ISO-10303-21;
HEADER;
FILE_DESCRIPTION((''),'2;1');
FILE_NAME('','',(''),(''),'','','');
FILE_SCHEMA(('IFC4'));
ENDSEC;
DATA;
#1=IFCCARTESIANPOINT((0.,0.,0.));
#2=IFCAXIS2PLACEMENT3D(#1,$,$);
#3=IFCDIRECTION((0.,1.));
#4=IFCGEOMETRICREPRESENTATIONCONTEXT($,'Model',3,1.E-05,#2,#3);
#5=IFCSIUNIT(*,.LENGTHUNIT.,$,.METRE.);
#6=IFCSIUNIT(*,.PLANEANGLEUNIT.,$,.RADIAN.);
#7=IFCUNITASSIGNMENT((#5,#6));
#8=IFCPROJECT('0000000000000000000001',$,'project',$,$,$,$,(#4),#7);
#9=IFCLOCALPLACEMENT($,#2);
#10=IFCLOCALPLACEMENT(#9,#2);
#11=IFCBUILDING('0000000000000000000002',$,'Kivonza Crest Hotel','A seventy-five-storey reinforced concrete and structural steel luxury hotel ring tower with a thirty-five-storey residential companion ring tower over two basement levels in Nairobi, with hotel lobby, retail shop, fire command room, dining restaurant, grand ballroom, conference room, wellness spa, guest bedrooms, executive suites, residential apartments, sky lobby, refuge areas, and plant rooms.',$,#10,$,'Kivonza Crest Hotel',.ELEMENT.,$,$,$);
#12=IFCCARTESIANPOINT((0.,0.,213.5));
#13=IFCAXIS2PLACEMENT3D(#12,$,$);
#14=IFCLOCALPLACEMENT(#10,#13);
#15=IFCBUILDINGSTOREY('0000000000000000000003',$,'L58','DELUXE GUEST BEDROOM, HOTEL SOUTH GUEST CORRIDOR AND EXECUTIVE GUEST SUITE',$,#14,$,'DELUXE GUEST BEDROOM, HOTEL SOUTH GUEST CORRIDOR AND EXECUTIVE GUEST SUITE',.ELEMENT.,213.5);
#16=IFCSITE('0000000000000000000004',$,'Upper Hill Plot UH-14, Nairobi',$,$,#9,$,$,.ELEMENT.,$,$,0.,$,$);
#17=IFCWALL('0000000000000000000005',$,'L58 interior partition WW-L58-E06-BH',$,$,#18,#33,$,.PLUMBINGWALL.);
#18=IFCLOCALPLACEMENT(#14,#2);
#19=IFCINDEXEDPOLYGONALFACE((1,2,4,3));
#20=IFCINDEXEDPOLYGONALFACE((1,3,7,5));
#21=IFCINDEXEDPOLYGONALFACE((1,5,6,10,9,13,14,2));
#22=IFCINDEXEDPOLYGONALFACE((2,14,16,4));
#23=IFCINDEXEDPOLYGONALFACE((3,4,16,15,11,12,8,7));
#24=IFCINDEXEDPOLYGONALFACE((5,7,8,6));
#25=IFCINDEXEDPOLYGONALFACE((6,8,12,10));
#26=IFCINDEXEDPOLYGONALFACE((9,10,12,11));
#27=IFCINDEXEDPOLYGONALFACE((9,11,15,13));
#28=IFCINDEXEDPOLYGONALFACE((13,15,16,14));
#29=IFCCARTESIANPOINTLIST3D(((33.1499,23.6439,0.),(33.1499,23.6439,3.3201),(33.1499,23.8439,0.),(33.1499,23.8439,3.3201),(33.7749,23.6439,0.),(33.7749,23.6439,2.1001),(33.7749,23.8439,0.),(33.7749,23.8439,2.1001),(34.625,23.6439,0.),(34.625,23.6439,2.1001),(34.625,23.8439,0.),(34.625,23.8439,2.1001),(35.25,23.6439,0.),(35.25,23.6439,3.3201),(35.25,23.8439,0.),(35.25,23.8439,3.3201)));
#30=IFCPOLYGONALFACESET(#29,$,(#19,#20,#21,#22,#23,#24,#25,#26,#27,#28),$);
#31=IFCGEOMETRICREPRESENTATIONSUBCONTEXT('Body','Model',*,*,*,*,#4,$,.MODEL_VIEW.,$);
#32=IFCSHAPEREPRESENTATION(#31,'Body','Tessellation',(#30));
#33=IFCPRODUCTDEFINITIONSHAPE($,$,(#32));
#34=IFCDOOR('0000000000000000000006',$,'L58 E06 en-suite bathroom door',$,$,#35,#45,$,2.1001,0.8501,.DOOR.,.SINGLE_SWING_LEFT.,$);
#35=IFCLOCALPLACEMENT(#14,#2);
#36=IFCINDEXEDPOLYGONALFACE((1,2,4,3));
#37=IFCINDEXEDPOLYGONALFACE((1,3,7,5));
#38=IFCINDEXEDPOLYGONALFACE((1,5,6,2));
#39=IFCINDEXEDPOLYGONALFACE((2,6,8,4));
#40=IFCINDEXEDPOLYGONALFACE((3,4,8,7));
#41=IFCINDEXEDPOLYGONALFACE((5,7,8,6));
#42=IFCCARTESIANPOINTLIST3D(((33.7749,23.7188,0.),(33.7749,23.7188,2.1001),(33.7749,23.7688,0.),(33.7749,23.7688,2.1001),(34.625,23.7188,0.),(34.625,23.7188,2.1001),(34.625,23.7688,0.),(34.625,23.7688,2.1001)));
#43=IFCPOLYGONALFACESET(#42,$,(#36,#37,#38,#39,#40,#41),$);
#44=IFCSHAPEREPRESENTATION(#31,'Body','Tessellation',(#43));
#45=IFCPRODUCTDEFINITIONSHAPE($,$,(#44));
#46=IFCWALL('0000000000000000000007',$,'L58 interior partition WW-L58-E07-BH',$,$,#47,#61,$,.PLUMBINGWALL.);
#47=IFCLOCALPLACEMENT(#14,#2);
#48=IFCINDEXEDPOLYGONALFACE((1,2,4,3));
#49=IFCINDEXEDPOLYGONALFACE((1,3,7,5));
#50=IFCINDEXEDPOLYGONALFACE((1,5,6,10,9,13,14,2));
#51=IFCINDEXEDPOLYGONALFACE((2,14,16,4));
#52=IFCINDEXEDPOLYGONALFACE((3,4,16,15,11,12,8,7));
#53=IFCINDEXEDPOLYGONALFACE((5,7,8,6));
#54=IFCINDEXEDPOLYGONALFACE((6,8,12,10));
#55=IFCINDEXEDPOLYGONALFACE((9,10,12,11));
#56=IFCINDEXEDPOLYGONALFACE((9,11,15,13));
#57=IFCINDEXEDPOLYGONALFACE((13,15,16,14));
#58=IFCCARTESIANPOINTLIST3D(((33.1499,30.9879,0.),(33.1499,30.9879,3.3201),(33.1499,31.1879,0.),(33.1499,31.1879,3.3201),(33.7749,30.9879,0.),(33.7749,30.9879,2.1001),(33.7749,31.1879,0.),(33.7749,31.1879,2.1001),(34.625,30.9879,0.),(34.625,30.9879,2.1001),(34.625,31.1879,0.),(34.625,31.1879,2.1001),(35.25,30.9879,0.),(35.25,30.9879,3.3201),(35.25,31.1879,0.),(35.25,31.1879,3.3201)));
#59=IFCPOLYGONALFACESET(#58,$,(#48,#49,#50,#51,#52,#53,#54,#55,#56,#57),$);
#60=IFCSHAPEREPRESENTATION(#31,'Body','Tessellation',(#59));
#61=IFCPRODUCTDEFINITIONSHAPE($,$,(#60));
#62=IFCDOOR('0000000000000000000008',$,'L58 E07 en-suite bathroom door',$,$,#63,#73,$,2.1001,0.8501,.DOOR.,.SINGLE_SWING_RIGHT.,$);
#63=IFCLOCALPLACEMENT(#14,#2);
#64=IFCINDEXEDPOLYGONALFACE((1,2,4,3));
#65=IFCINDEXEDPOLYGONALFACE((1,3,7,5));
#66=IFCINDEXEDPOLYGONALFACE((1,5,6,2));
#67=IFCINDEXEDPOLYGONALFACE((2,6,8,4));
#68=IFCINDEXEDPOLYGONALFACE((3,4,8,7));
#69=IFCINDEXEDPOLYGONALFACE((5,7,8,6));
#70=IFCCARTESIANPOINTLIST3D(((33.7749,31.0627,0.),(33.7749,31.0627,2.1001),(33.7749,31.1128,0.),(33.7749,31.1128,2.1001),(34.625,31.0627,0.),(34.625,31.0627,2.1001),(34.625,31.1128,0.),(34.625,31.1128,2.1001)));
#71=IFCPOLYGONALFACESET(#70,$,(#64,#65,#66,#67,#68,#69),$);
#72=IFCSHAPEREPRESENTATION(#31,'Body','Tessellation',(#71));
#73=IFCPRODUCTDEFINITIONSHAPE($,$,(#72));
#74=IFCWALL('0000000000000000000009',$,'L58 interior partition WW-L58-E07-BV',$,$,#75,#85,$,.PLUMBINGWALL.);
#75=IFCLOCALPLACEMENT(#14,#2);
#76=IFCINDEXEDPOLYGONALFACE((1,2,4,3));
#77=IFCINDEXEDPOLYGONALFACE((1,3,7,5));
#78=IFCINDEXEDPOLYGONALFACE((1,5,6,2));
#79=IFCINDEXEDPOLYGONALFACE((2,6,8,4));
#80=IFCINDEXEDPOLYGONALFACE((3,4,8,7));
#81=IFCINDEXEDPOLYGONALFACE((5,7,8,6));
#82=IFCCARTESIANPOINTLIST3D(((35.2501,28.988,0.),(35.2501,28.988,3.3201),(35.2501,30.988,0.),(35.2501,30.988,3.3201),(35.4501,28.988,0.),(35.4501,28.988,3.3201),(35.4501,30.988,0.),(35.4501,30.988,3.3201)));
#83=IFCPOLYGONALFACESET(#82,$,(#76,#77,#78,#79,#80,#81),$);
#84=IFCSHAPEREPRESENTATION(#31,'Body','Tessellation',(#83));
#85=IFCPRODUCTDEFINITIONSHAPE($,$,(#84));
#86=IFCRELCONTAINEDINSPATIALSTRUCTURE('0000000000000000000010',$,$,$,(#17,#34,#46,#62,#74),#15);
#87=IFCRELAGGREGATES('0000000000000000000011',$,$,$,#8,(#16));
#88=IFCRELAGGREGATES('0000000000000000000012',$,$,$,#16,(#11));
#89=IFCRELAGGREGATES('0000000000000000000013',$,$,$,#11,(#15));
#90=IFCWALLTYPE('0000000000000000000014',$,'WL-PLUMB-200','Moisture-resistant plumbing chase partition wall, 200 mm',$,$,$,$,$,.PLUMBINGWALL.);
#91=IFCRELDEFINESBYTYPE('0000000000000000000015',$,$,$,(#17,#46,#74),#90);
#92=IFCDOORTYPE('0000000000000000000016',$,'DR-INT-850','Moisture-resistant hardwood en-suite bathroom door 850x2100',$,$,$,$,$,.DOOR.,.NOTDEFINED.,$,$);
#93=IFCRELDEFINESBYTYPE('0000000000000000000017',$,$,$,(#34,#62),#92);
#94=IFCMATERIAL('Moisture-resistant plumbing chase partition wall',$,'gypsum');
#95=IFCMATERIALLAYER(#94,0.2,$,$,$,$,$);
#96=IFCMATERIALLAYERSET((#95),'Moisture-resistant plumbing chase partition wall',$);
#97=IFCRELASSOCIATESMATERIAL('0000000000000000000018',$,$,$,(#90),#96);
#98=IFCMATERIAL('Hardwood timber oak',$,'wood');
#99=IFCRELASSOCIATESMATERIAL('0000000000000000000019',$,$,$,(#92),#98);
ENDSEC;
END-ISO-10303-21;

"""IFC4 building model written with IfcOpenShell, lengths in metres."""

from ifc_helpers import new_model, si_unit, direction, frame, frame_2d, origin, place, context, subcontext, project, spatial, rectangle, extrude, material, layer, layer_set, type_object, element, fill, save


model = new_model("IFC4")

# Units and contexts
model_context = context("Model", 3, precision=1e-05, world=origin(), true_north=direction((0.0, 1.0)))
body_context = subcontext(model_context, "Body", "Model", "MODEL_VIEW")
ifc_project = project(units=[si_unit("LENGTHUNIT", "METRE"), si_unit("PLANEANGLEUNIT", "RADIAN")], contexts=[model_context])

# Site, building, storey
site_placement = place(None, origin())
site = spatial("IfcSite", under=ifc_project, at=site_placement, Name="Upper Hill Plot UH-14, Nairobi", CompositionType="ELEMENT", RefElevation=0.0)
building_placement = place(site_placement, origin())
building = spatial("IfcBuilding", under=site, at=building_placement, Name="Kivonza Crest Hotel", Description="A seventy-five-storey reinforced concrete and structural steel luxury hotel ring tower with a thirty-five-storey residential companion ring tower over two basement levels in Nairobi, with hotel lobby, retail shop, fire command room, dining restaurant, grand ballroom, conference room, wellness spa, guest bedrooms, executive suites, residential apartments, sky lobby, refuge areas, and plant rooms.", LongName="Kivonza Crest Hotel", CompositionType="ELEMENT")
storey_placement = place(building_placement, frame((0.0, 0.0, 213.5)))
storey = spatial("IfcBuildingStorey", under=building, at=storey_placement, Name="L58", Description="DELUXE GUEST BEDROOM, HOTEL SOUTH GUEST CORRIDOR AND EXECUTIVE GUEST SUITE", LongName="DELUXE GUEST BEDROOM, HOTEL SOUTH GUEST CORRIDOR AND EXECUTIVE GUEST SUITE", CompositionType="ELEMENT", Elevation=213.5)

# Shared definitions
ifc_material_1 = material(Name="Hardwood timber oak", Category="wood")

# Walls, openings, doors
ifc_material_2 = material(Name="Moisture-resistant plumbing chase partition wall", Category="gypsum")
ifc_layer_1 = layer(ifc_material_2, 0.2)
ifc_layer_set_1 = layer_set([ifc_layer_1], Name="Moisture-resistant plumbing chase partition wall")
wall_type_1 = type_object("IfcWallType", Name="WL-PLUMB-200", Description="Moisture-resistant plumbing chase partition wall, 200 mm", PredefinedType="PLUMBINGWALL", material=ifc_layer_set_1)
wall_1_placement = place(storey_placement, frame((33.1499, 23.7439, 0.0), z_axis=(0.0, 0.0, 1.0), x_axis=(1.0, 0.0, 0.0)))
wall_1 = element("IfcWall", 1, at=wall_1_placement, inside=storey, type_object=wall_type_1, Name="L58 interior partition WW-L58-E06-BH", PredefinedType="PLUMBINGWALL", context=body_context, shape_type="SweptSolid", body=[
    extrude(rectangle(XDim=2.1001, YDim=0.2, at=frame_2d((1.05, 0.0))), origin(), (0.0, 0.0, 1.0), 3.3201),
])
opening_1_placement = place(wall_1_placement, frame((0.625, 0.0, 0.0)))
opening_1 = element("IfcOpeningElement", 2, at=opening_1_placement, cuts=wall_1, PredefinedType="OPENING", context=body_context, shape_type="SweptSolid", body=[
    extrude(rectangle(XDim=0.8501, YDim=2.1001, at=frame_2d((0.425, 1.05))), frame((0.0, 0.1099, 0.0), z_axis=(0.0, -1.0, 0.0), x_axis=(1.0, 0.0, 0.0)), (0.0, 0.0, 1.0), 0.22),
])
door_type_1 = type_object("IfcDoorType", Name="DR-INT-850", Description="Moisture-resistant hardwood en-suite bathroom door 850x2100", OperationType="NOTDEFINED", PredefinedType="DOOR", material=ifc_material_1)
door_1_placement = place(opening_1_placement, origin())
door_1 = element("IfcDoor", 3, at=door_1_placement, inside=storey, type_object=door_type_1, Name="L58 E06 en-suite bathroom door", OperationType="SINGLE_SWING_LEFT", OverallHeight=2.1001, OverallWidth=0.8501, PredefinedType="DOOR", context=body_context, shape_type="SweptSolid", body=[
    extrude(rectangle(XDim=0.8501, YDim=2.1001, at=frame_2d((0.425, 1.05))), frame((0.0, 0.0249, 0.0), z_axis=(0.0, -1.0, 0.0), x_axis=(1.0, 0.0, 0.0)), (0.0, 0.0, 1.0), 0.05),
])
fill(opening_1, door_1)
wall_2_placement = place(storey_placement, frame((33.1499, 31.0879, 0.0), z_axis=(0.0, 0.0, 1.0), x_axis=(1.0, 0.0, 0.0)))
wall_2 = element("IfcWall", 4, at=wall_2_placement, inside=storey, type_object=wall_type_1, Name="L58 interior partition WW-L58-E07-BH", PredefinedType="PLUMBINGWALL", context=body_context, shape_type="SweptSolid", body=[
    extrude(rectangle(XDim=2.1001, YDim=0.2, at=frame_2d((1.05, 0.0))), origin(), (0.0, 0.0, 1.0), 3.3201),
])
opening_2_placement = place(wall_2_placement, frame((0.625, 0.0, 0.0)))
opening_2 = element("IfcOpeningElement", 5, at=opening_2_placement, cuts=wall_2, PredefinedType="OPENING", context=body_context, shape_type="SweptSolid", body=[
    extrude(rectangle(XDim=0.8501, YDim=2.1001, at=frame_2d((0.425, 1.05))), frame((0.0, 0.1099, 0.0), z_axis=(0.0, -1.0, 0.0), x_axis=(1.0, 0.0, 0.0)), (0.0, 0.0, 1.0), 0.22),
])
door_2_placement = place(opening_2_placement, origin())
door_2 = element("IfcDoor", 6, at=door_2_placement, inside=storey, type_object=door_type_1, Name="L58 E07 en-suite bathroom door", OperationType="SINGLE_SWING_RIGHT", OverallHeight=2.1001, OverallWidth=0.8501, PredefinedType="DOOR", context=body_context, shape_type="SweptSolid", body=[
    extrude(rectangle(XDim=0.8501, YDim=2.1001, at=frame_2d((0.425, 1.05))), frame((0.0, 0.0249, 0.0), z_axis=(0.0, -1.0, 0.0), x_axis=(1.0, 0.0, 0.0)), (0.0, 0.0, 1.0), 0.05),
])
fill(opening_2, door_2)

# Wall
wall_3_placement = place(storey_placement, frame((35.3501, 28.988, 0.0), z_axis=(0.0, 0.0, 1.0), x_axis=(0.0, 1.0, 0.0)))
element("IfcWall", 7, at=wall_3_placement, inside=storey, type_object=wall_type_1, Name="L58 interior partition WW-L58-E07-BV", PredefinedType="PLUMBINGWALL", context=body_context, shape_type="SweptSolid", body=[
    extrude(rectangle(XDim=2.0, YDim=0.2, at=frame_2d((1.0, 0.0))), origin(), (0.0, 0.0, 1.0), 3.3201),
])

save(model, "model.ifc")
